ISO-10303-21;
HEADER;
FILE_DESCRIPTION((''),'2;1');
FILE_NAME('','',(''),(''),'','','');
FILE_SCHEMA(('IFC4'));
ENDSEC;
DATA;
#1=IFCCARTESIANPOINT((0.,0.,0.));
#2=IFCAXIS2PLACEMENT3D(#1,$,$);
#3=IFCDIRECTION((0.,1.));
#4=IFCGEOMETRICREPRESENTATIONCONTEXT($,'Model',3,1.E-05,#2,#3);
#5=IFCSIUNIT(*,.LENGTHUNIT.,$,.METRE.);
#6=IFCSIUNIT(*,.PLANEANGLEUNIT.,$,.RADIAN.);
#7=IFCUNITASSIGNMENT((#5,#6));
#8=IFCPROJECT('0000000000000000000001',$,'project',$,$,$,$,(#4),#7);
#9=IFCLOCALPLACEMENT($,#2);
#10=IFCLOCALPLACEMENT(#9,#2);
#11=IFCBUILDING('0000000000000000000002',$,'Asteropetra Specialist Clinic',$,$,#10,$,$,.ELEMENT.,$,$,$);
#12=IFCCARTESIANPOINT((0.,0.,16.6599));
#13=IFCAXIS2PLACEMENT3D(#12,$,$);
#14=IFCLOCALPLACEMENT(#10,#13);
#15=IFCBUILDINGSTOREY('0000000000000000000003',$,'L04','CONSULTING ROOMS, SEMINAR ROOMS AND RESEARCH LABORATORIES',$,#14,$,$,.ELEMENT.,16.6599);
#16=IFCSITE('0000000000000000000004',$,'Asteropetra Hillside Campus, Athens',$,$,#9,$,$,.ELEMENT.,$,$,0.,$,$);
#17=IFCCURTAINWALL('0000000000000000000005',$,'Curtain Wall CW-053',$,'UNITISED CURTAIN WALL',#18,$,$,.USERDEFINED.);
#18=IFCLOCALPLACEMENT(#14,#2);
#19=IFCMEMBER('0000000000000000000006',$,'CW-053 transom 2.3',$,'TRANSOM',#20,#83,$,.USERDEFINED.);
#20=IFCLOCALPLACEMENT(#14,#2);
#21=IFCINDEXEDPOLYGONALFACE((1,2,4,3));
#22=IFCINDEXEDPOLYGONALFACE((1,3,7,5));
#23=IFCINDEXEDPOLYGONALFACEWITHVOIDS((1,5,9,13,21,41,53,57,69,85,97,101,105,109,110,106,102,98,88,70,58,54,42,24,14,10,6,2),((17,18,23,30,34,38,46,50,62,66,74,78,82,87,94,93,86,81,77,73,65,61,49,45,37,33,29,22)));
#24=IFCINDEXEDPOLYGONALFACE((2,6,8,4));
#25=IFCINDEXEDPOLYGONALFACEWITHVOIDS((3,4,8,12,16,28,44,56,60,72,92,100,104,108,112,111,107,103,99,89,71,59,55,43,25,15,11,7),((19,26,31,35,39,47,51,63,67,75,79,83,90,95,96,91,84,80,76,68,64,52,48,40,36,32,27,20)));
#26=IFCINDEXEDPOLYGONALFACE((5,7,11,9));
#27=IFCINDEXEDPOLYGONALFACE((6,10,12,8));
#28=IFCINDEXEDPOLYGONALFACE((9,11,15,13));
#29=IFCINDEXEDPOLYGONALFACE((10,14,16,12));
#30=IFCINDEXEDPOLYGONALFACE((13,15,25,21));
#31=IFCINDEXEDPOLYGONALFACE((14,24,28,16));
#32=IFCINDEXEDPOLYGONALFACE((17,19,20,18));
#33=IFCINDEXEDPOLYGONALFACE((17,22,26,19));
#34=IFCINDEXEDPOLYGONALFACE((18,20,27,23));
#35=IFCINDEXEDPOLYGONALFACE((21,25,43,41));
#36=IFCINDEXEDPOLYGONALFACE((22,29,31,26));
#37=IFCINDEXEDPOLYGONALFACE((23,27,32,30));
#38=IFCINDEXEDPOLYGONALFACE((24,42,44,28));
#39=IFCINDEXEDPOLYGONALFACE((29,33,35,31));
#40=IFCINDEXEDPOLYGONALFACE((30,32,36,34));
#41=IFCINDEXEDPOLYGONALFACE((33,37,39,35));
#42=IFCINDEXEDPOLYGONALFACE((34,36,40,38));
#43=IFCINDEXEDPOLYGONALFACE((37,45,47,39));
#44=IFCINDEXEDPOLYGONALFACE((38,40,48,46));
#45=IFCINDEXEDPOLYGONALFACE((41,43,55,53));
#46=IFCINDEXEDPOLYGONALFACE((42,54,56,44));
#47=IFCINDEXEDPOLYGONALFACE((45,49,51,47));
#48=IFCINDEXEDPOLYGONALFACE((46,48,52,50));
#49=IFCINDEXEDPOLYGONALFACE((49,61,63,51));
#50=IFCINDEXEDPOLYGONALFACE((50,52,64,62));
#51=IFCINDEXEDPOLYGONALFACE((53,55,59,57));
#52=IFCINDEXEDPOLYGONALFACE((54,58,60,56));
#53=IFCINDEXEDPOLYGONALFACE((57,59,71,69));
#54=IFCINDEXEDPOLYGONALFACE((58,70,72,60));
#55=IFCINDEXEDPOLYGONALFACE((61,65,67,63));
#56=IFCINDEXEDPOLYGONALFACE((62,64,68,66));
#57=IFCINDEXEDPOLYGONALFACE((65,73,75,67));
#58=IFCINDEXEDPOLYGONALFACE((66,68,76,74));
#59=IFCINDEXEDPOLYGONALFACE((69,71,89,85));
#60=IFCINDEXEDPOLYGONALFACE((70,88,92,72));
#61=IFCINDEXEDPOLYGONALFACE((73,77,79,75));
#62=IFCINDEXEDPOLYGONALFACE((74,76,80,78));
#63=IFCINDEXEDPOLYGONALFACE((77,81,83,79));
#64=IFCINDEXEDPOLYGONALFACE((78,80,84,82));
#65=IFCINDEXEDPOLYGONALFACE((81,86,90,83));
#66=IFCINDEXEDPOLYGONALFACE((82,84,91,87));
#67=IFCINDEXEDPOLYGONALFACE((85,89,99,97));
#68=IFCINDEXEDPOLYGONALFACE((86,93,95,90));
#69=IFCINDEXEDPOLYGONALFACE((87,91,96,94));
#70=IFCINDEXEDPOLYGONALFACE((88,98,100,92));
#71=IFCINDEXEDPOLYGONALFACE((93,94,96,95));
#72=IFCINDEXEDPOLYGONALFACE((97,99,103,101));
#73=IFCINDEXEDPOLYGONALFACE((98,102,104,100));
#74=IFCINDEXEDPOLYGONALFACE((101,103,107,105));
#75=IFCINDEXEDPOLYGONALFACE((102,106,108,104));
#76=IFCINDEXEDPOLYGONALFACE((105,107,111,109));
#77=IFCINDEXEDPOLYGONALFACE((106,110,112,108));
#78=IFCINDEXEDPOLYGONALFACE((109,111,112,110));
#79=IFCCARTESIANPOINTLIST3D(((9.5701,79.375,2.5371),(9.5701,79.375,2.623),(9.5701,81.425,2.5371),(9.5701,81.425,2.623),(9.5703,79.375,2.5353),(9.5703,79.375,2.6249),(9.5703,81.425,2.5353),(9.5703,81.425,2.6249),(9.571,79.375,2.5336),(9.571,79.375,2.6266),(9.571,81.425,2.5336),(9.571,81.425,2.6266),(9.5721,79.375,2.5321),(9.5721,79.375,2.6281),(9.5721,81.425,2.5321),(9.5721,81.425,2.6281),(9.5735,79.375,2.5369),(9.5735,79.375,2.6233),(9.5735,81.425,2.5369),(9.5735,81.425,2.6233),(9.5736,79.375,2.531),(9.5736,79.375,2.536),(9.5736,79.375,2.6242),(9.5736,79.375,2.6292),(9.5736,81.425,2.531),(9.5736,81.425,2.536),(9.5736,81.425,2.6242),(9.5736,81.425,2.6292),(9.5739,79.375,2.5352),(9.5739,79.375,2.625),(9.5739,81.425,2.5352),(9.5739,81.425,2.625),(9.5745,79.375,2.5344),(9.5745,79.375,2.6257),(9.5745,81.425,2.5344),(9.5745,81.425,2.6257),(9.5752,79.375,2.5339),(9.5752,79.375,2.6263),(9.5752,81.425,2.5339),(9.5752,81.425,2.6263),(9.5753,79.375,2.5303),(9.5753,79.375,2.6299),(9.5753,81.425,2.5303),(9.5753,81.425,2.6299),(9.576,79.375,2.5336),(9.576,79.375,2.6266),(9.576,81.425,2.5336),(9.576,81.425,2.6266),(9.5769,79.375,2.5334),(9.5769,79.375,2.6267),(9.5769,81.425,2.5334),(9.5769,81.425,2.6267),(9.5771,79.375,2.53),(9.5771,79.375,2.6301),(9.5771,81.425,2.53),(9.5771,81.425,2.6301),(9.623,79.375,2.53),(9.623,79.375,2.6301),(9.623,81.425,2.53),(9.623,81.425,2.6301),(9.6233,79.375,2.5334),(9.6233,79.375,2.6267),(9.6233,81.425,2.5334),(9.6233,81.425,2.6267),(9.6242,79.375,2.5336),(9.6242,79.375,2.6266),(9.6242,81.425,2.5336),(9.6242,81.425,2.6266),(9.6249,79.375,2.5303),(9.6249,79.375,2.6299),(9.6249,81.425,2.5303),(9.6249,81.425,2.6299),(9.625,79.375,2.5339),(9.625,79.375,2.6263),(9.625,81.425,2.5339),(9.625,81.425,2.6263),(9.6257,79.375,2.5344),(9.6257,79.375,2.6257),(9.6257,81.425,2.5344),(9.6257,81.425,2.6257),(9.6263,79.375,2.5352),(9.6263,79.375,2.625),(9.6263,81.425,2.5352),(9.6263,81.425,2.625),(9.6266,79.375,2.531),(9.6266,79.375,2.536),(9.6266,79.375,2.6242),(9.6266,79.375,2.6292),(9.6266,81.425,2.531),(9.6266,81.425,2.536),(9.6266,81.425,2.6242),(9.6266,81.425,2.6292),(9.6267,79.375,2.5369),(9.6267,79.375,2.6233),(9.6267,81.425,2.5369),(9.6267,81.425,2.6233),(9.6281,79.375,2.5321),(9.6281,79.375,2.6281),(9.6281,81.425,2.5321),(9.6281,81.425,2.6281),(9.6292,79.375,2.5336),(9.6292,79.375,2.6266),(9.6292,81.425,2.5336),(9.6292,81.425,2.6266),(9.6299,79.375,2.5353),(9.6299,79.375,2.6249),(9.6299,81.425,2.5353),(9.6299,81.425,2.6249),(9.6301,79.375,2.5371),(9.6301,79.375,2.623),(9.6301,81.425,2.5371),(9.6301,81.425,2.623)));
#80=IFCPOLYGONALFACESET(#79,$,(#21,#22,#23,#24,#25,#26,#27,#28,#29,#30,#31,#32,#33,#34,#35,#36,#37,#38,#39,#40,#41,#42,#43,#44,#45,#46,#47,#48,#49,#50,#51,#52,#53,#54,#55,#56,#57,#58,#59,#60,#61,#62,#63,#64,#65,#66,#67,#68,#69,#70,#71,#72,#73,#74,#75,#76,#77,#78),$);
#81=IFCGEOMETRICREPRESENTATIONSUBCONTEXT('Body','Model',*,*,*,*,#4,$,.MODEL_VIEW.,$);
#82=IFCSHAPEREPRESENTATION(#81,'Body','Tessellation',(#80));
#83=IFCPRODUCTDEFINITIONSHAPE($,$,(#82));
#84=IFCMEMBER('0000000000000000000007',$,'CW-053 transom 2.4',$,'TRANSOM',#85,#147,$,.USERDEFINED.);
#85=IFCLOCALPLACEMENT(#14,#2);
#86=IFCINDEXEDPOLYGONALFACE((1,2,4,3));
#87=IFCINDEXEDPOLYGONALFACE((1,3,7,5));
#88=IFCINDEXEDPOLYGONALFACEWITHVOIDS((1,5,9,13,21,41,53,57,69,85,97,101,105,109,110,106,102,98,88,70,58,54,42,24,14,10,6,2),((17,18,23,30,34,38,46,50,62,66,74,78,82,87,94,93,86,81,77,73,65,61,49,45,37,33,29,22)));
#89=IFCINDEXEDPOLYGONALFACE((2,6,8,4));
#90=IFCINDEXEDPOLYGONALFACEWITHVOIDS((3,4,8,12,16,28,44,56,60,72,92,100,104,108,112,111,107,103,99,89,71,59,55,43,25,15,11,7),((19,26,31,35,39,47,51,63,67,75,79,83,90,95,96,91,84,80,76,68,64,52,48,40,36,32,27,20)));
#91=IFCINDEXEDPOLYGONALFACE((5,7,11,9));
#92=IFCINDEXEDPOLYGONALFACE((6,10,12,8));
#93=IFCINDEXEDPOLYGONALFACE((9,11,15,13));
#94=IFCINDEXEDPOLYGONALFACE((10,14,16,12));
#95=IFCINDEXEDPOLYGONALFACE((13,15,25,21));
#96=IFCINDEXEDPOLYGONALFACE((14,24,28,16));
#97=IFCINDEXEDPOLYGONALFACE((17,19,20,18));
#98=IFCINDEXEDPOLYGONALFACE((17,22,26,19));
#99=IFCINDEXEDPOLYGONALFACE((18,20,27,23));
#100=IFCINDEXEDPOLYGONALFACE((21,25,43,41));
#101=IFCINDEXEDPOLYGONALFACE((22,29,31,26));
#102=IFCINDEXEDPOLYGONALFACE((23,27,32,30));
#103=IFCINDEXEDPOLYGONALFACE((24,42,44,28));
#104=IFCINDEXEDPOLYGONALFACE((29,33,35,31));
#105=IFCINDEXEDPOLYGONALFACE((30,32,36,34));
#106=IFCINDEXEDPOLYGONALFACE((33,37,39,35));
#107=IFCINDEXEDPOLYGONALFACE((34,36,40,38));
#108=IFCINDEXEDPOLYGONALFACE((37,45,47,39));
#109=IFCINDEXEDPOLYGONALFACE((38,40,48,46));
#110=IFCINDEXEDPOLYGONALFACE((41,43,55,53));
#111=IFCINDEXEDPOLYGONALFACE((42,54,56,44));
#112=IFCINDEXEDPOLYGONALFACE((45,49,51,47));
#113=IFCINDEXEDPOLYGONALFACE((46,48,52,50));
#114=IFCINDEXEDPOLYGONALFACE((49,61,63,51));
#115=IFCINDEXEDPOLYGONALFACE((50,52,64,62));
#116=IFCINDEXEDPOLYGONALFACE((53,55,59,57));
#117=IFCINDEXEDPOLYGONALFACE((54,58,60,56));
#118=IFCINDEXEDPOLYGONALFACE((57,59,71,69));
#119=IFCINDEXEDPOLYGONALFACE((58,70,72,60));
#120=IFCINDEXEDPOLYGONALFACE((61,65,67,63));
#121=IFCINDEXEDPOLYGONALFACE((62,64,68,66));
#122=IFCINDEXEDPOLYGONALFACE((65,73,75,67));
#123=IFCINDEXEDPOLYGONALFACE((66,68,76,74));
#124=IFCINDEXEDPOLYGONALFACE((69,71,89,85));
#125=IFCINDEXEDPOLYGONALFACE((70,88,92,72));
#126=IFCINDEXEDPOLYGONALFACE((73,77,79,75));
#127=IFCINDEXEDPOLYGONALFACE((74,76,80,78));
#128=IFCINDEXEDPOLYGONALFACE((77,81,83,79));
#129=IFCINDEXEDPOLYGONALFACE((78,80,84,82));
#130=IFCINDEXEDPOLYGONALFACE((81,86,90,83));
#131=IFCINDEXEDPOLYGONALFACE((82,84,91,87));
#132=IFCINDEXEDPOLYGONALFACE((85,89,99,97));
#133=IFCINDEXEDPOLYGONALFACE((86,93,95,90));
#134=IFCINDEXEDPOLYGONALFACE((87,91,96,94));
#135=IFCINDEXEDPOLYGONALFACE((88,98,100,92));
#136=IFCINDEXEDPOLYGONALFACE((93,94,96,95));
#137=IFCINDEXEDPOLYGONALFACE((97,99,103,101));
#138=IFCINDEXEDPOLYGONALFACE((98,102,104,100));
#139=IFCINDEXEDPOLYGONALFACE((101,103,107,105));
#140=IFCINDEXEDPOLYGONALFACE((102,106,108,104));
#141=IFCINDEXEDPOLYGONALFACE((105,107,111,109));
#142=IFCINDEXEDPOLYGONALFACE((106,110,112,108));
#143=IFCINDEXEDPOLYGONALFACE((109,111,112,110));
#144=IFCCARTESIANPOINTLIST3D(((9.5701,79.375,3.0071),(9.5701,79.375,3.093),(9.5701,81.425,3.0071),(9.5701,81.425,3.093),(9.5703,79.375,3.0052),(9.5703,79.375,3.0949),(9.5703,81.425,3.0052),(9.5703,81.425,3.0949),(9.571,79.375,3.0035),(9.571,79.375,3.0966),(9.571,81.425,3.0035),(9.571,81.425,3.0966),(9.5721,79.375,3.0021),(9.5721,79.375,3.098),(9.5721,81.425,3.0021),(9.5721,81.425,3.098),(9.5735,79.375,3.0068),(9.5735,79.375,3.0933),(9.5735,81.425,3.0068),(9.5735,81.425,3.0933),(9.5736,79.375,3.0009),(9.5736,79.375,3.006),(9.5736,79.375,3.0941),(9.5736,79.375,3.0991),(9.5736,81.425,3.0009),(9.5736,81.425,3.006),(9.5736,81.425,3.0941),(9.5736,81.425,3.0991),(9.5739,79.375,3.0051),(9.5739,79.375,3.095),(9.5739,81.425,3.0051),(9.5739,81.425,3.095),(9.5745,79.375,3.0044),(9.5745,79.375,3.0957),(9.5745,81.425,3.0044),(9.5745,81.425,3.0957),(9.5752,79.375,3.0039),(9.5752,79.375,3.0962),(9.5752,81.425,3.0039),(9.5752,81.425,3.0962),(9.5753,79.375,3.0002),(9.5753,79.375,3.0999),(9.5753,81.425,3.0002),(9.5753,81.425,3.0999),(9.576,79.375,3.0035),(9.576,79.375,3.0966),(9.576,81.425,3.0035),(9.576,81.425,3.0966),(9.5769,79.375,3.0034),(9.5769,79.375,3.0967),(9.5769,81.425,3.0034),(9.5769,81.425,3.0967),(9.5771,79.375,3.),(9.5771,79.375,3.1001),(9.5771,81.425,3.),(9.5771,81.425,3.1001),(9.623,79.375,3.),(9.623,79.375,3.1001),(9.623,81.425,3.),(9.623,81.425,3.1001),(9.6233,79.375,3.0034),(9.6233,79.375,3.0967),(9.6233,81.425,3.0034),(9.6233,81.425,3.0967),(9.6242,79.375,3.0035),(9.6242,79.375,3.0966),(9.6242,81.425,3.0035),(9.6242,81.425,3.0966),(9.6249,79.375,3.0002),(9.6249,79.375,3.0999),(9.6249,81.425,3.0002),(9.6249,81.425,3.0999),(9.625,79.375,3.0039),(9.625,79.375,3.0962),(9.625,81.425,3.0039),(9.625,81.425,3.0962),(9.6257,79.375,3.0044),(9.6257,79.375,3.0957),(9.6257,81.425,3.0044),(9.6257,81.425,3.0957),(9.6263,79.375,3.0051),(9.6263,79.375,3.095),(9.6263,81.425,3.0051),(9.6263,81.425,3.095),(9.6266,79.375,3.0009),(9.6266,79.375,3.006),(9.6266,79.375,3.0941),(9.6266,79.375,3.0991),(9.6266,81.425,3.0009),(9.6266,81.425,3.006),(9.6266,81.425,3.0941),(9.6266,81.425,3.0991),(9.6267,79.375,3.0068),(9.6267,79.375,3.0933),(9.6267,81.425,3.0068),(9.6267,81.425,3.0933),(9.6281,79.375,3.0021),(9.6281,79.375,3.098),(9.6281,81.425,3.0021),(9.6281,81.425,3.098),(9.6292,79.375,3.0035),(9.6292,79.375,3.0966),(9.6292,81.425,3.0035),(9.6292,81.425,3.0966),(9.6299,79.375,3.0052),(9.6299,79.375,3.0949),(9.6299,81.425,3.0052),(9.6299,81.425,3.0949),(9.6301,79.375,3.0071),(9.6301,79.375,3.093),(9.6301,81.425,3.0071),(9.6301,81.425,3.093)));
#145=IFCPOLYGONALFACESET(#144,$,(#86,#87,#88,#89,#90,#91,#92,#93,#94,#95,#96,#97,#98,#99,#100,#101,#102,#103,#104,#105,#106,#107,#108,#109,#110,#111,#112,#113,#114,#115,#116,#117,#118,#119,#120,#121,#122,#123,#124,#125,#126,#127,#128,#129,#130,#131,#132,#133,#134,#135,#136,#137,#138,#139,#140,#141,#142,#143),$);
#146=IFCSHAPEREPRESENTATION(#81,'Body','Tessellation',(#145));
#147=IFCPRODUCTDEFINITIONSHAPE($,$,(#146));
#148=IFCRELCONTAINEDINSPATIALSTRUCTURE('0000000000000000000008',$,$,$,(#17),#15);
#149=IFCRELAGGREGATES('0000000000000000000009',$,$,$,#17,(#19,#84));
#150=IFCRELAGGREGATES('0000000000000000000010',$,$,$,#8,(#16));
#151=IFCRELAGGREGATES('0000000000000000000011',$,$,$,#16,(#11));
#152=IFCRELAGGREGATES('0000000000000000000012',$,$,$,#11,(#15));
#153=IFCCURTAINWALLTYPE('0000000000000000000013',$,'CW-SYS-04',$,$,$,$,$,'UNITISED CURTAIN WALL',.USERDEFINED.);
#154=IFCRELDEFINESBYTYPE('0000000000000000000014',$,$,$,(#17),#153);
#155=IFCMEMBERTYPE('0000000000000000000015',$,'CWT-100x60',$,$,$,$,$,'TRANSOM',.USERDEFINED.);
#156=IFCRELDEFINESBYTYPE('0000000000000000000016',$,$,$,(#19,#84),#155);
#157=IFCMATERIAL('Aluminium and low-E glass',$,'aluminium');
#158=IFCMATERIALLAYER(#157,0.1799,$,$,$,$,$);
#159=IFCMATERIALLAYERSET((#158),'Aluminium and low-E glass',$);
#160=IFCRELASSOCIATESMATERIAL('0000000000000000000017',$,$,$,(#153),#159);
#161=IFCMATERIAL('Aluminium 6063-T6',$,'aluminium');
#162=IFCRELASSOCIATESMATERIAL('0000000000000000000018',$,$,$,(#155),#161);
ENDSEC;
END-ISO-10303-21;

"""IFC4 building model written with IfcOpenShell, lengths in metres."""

from ifc_helpers import new_model, si_unit, direction, frame, origin, origin_2d, place, context, subcontext, project, spatial, hollow_rectangle, extrude, material, layer, layer_set, material_profile, profile_set, type_object, element, aggregate, save


model = new_model("IFC4")

# Units and contexts
model_context = context("Model", 3, precision=1e-05, world=origin(), true_north=direction((0.0, 1.0)))
body_context = subcontext(model_context, "Body", "Model", "MODEL_VIEW")
ifc_project = project(units=[si_unit("LENGTHUNIT", "METRE"), si_unit("PLANEANGLEUNIT", "RADIAN")], contexts=[model_context])

# Site, building, storey
site_placement = place(None, origin())
site = spatial("IfcSite", under=ifc_project, at=site_placement, Name="Asteropetra Hillside Campus, Athens", CompositionType="ELEMENT", RefElevation=0.0)
building_placement = place(site_placement, origin())
building = spatial("IfcBuilding", under=site, at=building_placement, Name="Asteropetra Specialist Clinic", CompositionType="ELEMENT")
storey_placement = place(building_placement, frame((0.0, 0.0, 16.6599)))
storey = spatial("IfcBuildingStorey", under=building, at=storey_placement, Name="L04", Description="CONSULTING ROOMS, SEMINAR ROOMS AND RESEARCH LABORATORIES", CompositionType="ELEMENT", Elevation=16.6599)

# Curtain wall, members
ifc_material_1 = material(Name="Aluminium and low-E glass", Category="aluminium")
ifc_layer_1 = layer(ifc_material_1, 0.1799)
ifc_layer_set_1 = layer_set([ifc_layer_1], Name="Aluminium and low-E glass")
curtain_wall_type_1 = type_object("IfcCurtainWallType", Name="CW-SYS-04", ElementType="UNITISED CURTAIN WALL", PredefinedType="USERDEFINED", material=ifc_layer_set_1)
curtain_wall_1_placement = place(storey_placement, origin())
curtain_wall_1 = element("IfcCurtainWall", 1, at=curtain_wall_1_placement, inside=storey, type_object=curtain_wall_type_1, Name="Curtain Wall CW-053", ObjectType="UNITISED CURTAIN WALL", PredefinedType="USERDEFINED")
ifc_material_2 = material(Name="Aluminium 6063-T6", Category="aluminium")
ifc_material_profile_1 = material_profile(ifc_material_2, hollow_rectangle(XDim=0.0601, YDim=0.1001, WallThickness=0.0034, InnerFilletRadius=0.0034, OuterFilletRadius=0.0071, at=origin_2d()), Name="TRN 100x60x3.5")
ifc_profile_set_1 = profile_set([ifc_material_profile_1], Name="Aluminium 6063-T6")
member_type_1 = type_object("IfcMemberType", Name="CWT-100x60", ElementType="TRANSOM", PredefinedType="USERDEFINED", material=ifc_profile_set_1)
member_1_placement = place(storey_placement, frame((9.6001, 81.425, 2.5801), z_axis=(0.0, -1.0, 0.0), x_axis=(1.0, 0.0, 0.0)))
member_1 = element("IfcMember", 2, at=member_1_placement, type_object=member_type_1, Name="CW-053 transom 2.3", ObjectType="TRANSOM", PredefinedType="USERDEFINED", context=body_context, shape_type="SweptSolid", body=[
    extrude(hollow_rectangle(XDim=0.0601, YDim=0.1001, WallThickness=0.0034, InnerFilletRadius=0.0034, OuterFilletRadius=0.0071, at=origin_2d()), origin(), (0.0, 0.0, 1.0), 2.05),
])
member_2_placement = place(storey_placement, frame((9.6001, 81.425, 3.05), z_axis=(0.0, -1.0, 0.0), x_axis=(1.0, 0.0, 0.0)))
member_2 = element("IfcMember", 3, at=member_2_placement, type_object=member_type_1, Name="CW-053 transom 2.4", ObjectType="TRANSOM", PredefinedType="USERDEFINED", context=body_context, shape_type="SweptSolid", body=[
    extrude(hollow_rectangle(XDim=0.0601, YDim=0.1001, WallThickness=0.0034, InnerFilletRadius=0.0034, OuterFilletRadius=0.0071, at=origin_2d()), origin(), (0.0, 0.0, 1.0), 2.05),
])

aggregate(curtain_wall_1, [member_1, member_2])

save(model, "model.ifc")
